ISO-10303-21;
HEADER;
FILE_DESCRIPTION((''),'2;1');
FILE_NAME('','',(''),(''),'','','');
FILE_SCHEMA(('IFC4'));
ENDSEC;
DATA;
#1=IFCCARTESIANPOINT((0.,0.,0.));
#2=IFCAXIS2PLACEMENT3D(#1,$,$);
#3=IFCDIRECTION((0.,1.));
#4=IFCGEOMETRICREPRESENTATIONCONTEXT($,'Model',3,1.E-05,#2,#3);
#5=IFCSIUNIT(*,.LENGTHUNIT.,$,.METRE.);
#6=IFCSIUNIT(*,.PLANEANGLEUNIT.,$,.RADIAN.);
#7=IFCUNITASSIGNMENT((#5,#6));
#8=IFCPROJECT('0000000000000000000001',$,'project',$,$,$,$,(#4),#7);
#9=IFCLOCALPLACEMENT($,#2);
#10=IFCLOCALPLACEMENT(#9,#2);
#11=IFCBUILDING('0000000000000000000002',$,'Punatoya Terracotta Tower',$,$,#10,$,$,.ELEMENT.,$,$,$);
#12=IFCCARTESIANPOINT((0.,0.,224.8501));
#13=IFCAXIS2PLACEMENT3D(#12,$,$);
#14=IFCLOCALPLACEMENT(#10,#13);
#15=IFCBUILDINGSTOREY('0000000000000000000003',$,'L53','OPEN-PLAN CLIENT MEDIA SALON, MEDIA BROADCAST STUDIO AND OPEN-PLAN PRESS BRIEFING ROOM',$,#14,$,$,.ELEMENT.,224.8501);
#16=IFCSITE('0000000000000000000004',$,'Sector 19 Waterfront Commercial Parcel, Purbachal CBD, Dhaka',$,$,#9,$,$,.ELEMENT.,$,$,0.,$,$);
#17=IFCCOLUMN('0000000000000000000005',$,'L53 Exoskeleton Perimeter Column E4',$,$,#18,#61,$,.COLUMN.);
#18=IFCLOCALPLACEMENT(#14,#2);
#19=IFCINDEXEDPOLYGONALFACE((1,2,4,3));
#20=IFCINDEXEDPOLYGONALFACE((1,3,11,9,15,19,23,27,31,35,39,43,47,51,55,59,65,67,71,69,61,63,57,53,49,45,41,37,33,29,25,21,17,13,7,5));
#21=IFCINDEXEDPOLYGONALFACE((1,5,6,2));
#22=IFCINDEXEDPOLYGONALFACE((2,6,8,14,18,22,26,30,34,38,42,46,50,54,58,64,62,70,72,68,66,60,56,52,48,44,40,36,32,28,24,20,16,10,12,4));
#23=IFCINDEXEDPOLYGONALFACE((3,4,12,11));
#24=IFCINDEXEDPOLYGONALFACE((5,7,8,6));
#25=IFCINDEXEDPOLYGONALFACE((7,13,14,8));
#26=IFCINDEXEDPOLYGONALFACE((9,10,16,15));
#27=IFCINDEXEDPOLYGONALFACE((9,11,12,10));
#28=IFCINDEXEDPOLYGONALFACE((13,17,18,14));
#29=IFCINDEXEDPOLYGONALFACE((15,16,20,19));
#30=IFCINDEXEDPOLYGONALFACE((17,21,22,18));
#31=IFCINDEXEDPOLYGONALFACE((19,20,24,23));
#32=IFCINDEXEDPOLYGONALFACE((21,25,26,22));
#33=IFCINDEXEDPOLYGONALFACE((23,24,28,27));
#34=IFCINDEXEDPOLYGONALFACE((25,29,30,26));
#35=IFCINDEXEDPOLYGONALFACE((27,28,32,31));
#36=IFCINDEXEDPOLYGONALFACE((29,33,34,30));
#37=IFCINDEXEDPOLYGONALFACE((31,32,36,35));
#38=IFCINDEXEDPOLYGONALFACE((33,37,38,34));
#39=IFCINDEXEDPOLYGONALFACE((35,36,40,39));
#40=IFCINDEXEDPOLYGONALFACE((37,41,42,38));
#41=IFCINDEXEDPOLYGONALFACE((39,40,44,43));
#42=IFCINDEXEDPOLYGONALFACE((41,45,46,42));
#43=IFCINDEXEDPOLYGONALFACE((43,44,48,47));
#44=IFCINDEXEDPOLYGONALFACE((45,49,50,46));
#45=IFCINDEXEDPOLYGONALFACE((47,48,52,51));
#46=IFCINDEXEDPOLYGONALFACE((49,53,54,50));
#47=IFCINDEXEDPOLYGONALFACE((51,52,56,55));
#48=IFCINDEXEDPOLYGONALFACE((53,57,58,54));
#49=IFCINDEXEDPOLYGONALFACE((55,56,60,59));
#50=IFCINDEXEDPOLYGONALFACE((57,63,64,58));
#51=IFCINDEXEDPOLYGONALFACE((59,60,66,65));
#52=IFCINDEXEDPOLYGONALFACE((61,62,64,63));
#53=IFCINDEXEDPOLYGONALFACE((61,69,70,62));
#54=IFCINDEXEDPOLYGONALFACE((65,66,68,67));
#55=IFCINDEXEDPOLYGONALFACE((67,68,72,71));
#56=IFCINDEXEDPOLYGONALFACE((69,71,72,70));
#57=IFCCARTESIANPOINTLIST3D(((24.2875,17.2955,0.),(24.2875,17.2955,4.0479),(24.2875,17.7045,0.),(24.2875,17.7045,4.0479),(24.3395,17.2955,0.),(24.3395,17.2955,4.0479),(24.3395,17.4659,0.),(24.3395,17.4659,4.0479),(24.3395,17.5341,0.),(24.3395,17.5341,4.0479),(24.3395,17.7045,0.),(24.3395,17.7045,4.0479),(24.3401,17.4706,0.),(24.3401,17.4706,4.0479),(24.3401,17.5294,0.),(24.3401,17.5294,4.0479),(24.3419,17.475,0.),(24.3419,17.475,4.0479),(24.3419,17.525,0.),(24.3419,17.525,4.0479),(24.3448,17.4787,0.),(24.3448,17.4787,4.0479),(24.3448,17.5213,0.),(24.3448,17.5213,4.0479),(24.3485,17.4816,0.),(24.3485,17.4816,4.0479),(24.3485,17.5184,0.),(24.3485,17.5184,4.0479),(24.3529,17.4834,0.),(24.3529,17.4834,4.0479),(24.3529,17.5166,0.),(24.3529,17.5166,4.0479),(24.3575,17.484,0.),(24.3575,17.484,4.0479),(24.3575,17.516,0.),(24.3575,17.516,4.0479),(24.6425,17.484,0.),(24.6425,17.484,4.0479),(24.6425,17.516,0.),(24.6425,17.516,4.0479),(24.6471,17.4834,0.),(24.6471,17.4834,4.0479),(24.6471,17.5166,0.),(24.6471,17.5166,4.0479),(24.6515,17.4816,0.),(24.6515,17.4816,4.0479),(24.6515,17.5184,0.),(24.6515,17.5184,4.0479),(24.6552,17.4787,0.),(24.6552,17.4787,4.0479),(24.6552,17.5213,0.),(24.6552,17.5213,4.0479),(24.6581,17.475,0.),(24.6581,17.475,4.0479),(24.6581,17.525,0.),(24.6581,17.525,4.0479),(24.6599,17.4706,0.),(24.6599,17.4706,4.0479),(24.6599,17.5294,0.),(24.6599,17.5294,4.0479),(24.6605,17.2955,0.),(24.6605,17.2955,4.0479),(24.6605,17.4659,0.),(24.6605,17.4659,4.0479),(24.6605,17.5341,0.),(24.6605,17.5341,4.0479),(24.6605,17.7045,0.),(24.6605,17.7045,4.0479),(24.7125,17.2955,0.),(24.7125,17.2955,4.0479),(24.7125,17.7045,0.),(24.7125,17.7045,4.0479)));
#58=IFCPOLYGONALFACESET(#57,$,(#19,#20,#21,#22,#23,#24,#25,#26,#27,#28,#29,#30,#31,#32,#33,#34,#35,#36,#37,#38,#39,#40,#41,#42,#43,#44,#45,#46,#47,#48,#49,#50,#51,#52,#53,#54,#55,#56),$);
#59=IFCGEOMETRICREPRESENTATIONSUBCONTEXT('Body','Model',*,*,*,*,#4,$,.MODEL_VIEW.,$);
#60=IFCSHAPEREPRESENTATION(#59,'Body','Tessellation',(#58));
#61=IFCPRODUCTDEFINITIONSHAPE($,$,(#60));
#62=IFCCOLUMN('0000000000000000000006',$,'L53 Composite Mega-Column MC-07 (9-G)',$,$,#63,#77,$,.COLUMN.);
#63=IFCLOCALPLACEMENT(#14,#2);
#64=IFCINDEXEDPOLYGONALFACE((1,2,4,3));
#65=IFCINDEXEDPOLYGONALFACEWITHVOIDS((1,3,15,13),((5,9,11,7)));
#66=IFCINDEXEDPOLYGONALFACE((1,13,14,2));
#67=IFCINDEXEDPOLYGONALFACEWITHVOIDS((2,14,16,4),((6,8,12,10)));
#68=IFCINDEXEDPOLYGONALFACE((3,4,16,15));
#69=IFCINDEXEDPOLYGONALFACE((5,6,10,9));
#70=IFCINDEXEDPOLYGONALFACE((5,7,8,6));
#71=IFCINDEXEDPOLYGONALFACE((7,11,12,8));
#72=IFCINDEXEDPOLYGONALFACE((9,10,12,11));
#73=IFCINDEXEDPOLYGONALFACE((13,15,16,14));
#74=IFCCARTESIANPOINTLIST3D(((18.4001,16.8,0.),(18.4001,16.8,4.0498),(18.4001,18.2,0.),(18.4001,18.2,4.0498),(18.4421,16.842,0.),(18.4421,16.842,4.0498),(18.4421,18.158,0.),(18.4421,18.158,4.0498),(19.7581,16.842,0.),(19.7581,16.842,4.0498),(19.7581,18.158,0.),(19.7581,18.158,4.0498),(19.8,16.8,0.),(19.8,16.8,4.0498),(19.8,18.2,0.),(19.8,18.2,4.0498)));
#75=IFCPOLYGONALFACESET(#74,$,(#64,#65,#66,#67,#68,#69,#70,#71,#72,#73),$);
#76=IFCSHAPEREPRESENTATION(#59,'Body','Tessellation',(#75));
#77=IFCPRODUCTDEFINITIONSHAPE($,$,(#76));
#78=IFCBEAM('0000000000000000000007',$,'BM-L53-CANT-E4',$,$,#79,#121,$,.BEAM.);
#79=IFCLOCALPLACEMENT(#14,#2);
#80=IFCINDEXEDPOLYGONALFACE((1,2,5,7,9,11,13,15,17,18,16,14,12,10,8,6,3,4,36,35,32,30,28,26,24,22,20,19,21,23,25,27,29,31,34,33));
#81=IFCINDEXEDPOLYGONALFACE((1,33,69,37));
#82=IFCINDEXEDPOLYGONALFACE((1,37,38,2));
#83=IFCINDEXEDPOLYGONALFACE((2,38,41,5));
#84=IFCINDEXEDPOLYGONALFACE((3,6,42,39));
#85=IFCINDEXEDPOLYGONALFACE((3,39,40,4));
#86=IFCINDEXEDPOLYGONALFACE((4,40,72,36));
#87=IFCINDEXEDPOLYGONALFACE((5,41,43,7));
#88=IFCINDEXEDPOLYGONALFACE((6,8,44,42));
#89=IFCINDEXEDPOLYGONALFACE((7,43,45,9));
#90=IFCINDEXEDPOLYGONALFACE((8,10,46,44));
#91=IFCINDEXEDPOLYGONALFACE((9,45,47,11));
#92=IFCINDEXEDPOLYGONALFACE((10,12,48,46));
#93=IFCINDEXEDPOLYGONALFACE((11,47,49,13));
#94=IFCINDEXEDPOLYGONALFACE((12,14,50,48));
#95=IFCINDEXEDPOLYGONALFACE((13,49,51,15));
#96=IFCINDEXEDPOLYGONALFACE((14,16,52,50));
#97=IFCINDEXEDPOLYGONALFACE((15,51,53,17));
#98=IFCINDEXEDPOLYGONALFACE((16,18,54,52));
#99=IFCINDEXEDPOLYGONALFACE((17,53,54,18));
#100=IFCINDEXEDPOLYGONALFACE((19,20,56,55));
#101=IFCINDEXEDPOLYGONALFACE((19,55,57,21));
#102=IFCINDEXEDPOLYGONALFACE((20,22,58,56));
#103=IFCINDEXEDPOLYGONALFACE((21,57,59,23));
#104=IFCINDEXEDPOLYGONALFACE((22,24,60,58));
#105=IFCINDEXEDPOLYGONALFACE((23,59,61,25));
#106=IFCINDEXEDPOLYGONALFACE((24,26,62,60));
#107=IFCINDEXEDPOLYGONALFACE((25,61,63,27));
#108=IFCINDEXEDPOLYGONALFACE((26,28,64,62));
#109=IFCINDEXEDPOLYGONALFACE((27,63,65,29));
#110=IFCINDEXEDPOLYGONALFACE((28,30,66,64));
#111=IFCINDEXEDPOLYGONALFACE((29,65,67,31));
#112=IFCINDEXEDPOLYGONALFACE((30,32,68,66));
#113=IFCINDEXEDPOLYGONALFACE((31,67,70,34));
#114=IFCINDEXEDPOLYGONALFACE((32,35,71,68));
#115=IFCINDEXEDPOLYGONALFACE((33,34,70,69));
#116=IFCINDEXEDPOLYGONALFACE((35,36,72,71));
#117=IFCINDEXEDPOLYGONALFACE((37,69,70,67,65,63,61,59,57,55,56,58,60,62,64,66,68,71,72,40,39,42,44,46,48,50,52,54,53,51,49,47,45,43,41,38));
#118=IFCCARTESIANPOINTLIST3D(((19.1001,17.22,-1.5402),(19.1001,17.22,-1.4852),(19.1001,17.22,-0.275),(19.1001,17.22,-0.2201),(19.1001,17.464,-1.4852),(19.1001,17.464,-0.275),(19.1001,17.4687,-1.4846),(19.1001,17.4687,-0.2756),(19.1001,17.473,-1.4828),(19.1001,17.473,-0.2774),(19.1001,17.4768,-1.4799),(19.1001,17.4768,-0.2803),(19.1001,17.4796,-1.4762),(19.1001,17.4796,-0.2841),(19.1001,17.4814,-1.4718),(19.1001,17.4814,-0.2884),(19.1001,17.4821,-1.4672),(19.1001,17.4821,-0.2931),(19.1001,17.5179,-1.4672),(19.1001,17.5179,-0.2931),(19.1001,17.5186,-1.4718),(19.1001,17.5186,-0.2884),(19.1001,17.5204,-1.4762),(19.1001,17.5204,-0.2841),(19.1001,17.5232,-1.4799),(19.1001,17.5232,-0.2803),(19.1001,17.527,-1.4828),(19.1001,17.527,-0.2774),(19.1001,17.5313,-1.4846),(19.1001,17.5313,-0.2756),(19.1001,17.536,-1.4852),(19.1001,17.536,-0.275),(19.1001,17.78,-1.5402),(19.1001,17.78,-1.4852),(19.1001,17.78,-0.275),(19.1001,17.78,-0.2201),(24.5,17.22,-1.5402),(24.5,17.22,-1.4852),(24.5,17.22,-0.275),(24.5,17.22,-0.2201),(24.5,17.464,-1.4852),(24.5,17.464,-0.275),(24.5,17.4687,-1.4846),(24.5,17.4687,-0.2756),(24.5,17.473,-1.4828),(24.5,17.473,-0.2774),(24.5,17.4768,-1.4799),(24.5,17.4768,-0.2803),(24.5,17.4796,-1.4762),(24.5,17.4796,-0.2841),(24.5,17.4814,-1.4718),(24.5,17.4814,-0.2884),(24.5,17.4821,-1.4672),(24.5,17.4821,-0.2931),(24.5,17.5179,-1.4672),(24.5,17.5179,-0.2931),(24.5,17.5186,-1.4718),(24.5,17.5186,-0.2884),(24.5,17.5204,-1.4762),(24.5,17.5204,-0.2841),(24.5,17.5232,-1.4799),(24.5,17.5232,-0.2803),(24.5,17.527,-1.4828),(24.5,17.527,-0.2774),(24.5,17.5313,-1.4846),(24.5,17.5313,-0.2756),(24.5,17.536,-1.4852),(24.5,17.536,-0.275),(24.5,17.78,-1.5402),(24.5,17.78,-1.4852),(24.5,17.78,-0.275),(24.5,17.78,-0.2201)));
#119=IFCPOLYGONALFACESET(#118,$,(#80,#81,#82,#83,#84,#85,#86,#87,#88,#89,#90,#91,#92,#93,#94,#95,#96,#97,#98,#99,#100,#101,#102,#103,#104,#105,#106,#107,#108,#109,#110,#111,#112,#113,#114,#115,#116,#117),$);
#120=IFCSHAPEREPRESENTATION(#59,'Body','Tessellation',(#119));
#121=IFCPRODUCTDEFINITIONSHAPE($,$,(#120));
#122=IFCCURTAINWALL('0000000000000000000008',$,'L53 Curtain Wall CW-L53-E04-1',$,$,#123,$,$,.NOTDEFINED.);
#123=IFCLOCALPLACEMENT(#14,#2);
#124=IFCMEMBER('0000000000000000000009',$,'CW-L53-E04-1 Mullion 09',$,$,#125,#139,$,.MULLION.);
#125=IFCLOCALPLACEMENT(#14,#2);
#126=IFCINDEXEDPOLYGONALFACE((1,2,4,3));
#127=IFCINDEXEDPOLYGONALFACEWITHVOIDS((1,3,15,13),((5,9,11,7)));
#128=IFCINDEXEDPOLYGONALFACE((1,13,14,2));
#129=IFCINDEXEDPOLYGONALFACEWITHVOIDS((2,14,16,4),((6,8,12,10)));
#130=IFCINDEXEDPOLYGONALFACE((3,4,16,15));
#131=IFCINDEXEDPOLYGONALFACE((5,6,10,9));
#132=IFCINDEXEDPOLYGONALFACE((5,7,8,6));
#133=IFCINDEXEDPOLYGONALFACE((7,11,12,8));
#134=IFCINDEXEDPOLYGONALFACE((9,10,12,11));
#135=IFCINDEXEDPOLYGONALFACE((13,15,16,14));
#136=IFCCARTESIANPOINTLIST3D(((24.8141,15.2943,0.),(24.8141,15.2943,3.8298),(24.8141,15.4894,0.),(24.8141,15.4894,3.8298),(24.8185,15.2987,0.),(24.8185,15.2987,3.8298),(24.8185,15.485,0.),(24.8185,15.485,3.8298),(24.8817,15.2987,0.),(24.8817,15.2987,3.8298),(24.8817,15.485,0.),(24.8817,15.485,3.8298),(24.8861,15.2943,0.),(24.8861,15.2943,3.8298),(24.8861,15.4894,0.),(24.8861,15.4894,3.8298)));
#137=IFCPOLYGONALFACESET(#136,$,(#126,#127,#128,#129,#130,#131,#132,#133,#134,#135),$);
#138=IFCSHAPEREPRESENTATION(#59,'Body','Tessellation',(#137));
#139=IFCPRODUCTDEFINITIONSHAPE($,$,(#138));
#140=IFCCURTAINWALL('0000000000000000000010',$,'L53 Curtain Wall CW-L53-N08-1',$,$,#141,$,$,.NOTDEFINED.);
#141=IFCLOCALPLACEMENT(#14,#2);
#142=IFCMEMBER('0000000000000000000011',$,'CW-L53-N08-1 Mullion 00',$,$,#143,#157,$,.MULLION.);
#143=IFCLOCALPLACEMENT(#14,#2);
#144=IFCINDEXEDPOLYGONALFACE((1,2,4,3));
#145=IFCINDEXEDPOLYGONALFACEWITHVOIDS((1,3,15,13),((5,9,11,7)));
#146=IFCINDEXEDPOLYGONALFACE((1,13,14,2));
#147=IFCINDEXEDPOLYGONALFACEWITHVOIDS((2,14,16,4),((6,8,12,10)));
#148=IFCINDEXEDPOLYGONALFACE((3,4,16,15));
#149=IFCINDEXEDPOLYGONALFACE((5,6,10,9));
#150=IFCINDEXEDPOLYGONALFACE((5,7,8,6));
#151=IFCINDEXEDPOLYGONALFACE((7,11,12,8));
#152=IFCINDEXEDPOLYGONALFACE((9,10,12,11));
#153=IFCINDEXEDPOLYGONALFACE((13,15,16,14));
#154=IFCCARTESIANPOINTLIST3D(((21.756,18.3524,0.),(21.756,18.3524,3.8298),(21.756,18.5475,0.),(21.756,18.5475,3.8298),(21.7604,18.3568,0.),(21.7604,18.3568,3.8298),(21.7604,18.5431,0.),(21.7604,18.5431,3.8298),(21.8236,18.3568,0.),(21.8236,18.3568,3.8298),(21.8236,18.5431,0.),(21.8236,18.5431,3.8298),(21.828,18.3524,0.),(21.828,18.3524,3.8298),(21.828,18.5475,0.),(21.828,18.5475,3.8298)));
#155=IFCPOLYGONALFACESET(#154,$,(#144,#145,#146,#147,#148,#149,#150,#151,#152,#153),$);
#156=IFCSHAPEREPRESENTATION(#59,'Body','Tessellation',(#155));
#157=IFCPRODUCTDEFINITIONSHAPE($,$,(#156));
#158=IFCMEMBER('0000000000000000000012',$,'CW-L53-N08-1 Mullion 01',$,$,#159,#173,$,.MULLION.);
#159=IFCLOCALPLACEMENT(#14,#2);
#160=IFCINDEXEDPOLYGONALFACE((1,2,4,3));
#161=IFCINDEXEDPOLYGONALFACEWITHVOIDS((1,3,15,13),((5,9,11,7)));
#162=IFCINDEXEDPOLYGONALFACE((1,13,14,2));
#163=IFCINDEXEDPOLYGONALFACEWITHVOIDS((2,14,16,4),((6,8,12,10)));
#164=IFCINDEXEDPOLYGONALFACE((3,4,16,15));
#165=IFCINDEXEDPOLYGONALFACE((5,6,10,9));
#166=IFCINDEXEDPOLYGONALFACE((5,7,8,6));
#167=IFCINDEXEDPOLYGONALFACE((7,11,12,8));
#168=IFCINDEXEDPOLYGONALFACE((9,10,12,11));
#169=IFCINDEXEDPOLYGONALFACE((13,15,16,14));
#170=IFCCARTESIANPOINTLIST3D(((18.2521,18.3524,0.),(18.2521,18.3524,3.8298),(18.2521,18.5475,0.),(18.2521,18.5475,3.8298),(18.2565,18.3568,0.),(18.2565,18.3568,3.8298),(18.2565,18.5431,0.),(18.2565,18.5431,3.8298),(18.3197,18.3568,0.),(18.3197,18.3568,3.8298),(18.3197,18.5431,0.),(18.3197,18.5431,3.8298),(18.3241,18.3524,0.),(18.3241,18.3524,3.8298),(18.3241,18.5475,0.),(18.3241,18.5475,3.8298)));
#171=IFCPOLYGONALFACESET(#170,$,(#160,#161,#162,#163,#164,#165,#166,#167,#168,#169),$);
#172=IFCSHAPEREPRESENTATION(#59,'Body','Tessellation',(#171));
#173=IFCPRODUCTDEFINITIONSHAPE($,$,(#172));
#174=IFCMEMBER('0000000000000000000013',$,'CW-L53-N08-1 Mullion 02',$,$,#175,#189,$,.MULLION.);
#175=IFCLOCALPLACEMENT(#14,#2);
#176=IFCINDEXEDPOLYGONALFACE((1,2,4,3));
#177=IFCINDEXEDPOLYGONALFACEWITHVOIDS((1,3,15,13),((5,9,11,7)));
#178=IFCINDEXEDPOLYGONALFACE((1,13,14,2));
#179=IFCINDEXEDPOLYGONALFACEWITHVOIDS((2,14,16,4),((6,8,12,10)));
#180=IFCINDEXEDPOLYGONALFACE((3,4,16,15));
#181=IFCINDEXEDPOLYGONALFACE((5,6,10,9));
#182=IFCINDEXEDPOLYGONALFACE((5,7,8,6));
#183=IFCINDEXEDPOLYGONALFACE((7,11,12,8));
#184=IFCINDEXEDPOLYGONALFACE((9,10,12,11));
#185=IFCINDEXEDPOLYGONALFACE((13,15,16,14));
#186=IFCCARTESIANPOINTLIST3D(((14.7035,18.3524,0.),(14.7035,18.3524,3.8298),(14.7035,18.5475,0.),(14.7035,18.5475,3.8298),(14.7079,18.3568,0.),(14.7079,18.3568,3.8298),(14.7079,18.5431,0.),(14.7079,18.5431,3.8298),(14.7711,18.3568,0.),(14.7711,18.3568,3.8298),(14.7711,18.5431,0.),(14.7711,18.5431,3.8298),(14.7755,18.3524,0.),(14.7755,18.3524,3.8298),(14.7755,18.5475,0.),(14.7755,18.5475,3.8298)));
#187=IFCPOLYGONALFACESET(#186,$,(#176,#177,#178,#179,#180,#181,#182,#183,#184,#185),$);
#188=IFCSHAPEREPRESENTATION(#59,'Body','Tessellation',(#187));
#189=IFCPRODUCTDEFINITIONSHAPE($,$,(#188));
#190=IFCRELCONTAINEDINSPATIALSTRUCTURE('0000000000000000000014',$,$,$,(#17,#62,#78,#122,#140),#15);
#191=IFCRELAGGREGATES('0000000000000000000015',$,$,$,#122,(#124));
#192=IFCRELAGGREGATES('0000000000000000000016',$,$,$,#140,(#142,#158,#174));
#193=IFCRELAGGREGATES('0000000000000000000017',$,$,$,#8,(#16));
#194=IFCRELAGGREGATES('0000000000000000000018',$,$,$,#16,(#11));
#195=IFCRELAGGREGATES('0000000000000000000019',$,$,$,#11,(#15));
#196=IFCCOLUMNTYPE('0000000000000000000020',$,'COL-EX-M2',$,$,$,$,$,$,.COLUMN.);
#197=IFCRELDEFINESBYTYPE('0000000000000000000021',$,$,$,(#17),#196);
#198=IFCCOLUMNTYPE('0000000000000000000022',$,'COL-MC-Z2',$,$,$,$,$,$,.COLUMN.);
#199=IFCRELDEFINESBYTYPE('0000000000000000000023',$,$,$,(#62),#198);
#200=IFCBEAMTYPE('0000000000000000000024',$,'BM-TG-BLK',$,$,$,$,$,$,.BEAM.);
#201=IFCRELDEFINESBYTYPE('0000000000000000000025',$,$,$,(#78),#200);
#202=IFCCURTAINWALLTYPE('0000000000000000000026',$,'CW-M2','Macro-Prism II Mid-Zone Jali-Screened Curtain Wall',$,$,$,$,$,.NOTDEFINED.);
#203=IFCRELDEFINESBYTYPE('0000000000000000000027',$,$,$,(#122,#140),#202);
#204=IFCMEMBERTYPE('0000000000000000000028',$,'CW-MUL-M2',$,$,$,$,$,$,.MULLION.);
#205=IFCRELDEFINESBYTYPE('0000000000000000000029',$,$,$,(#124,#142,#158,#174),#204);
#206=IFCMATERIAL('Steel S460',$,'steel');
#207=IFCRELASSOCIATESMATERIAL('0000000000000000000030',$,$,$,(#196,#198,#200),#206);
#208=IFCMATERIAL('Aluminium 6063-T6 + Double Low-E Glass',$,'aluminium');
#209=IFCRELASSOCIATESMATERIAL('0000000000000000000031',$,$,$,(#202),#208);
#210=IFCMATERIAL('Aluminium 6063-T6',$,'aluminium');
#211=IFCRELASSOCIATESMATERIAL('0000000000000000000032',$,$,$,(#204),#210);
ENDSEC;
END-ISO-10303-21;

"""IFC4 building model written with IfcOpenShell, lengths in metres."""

from ifc_helpers import new_model, si_unit, direction, frame, origin, origin_2d, place, context, subcontext, project, spatial, hollow_rectangle, i_section, extrude, material, material_profile, profile_set, type_object, element, aggregate, save


model = new_model("IFC4")

# Units and contexts
model_context = context("Model", 3, precision=1e-05, world=origin(), true_north=direction((0.0, 1.0)))
body_context = subcontext(model_context, "Body", "Model", "MODEL_VIEW")
ifc_project = project(units=[si_unit("LENGTHUNIT", "METRE"), si_unit("PLANEANGLEUNIT", "RADIAN")], contexts=[model_context])

# Site, building, storey
site_placement = place(None, origin())
site = spatial("IfcSite", under=ifc_project, at=site_placement, Name="Sector 19 Waterfront Commercial Parcel, Purbachal CBD, Dhaka", CompositionType="ELEMENT", RefElevation=0.0)
building_placement = place(site_placement, origin())
building = spatial("IfcBuilding", under=site, at=building_placement, Name="Punatoya Terracotta Tower", CompositionType="ELEMENT")
storey_placement = place(building_placement, frame((0.0, 0.0, 224.8501)))
storey = spatial("IfcBuildingStorey", under=building, at=storey_placement, Name="L53", Description="OPEN-PLAN CLIENT MEDIA SALON, MEDIA BROADCAST STUDIO AND OPEN-PLAN PRESS BRIEFING ROOM", CompositionType="ELEMENT", Elevation=224.8501)

# Columns
ifc_material_1 = material(Name="Steel S460", Category="steel")
ifc_material_profile_1 = material_profile(ifc_material_1, i_section(OverallWidth=0.4089, OverallDepth=0.425, WebThickness=0.032, FlangeThickness=0.052, FilletRadius=0.0181, at=origin_2d()))
ifc_profile_set_1 = profile_set([ifc_material_profile_1], Name="Steel S460")
column_type_1 = type_object("IfcColumnType", Name="COL-EX-M2", PredefinedType="COLUMN", material=ifc_profile_set_1)
column_1_placement = place(storey_placement, frame((24.5, 17.5, 0.0), z_axis=(0.0, 0.0, 1.0), x_axis=(0.0, 1.0, 0.0)))
element("IfcColumn", 1, at=column_1_placement, inside=storey, type_object=column_type_1, Name="L53 Exoskeleton Perimeter Column E4", PredefinedType="COLUMN", context=body_context, shape_type="SweptSolid", body=[
    extrude(i_section(OverallWidth=0.4089, OverallDepth=0.425, WebThickness=0.032, FlangeThickness=0.052, FilletRadius=0.0181, at=origin_2d()), origin(), (0.0, 0.0, 1.0), 4.0479),
])
ifc_material_profile_2 = material_profile(ifc_material_1, hollow_rectangle(XDim=1.3999, YDim=1.3999, WallThickness=0.042, at=origin_2d()))
ifc_profile_set_2 = profile_set([ifc_material_profile_2], Name="Steel S460")
column_type_2 = type_object("IfcColumnType", Name="COL-MC-Z2", PredefinedType="COLUMN", material=ifc_profile_set_2)
column_2_placement = place(storey_placement, frame((19.1001, 17.5, 0.0), z_axis=(0.0, 0.0, 1.0), x_axis=(1.0, 0.0, 0.0)))
element("IfcColumn", 2, at=column_2_placement, inside=storey, type_object=column_type_2, Name="L53 Composite Mega-Column MC-07 (9-G)", PredefinedType="COLUMN", context=body_context, shape_type="SweptSolid", body=[
    extrude(hollow_rectangle(XDim=1.3999, YDim=1.3999, WallThickness=0.042, at=origin_2d()), origin(), (0.0, 0.0, 1.0), 4.0498),
])

# Beam
ifc_material_profile_3 = material_profile(ifc_material_1, i_section(OverallWidth=0.5601, OverallDepth=1.3201, WebThickness=0.0359, FlangeThickness=0.0549, FilletRadius=0.0181, at=origin_2d()))
ifc_profile_set_3 = profile_set([ifc_material_profile_3], Name="Steel S460")
beam_type = type_object("IfcBeamType", Name="BM-TG-BLK", PredefinedType="BEAM", material=ifc_profile_set_3)
beam_placement = place(storey_placement, frame((19.1001, 17.5, -0.8801), z_axis=(1.0, 0.0, 0.0), x_axis=(0.0, 1.0, 0.0)))
element("IfcBeam", 3, at=beam_placement, inside=storey, type_object=beam_type, Name="BM-L53-CANT-E4", PredefinedType="BEAM", context=body_context, shape_type="SweptSolid", body=[
    extrude(i_section(OverallWidth=0.5601, OverallDepth=1.3201, WebThickness=0.0359, FlangeThickness=0.0549, FilletRadius=0.0181, at=origin_2d()), origin(), (0.0, 0.0, 1.0), 5.3999),
])

# Curtain wall, member
ifc_material_2 = material(Name="Aluminium 6063-T6 + Double Low-E Glass", Category="aluminium")
curtain_wall_type = type_object("IfcCurtainWallType", Name="CW-M2", Description="Macro-Prism II Mid-Zone Jali-Screened Curtain Wall", PredefinedType="NOTDEFINED", material=ifc_material_2)
curtain_wall_1_placement = place(storey_placement, origin())
curtain_wall_1 = element("IfcCurtainWall", 4, at=curtain_wall_1_placement, inside=storey, type_object=curtain_wall_type, Name="L53 Curtain Wall CW-L53-E04-1", PredefinedType="NOTDEFINED")
ifc_material_3 = material(Name="Aluminium 6063-T6", Category="aluminium")
ifc_material_profile_4 = material_profile(ifc_material_3, hollow_rectangle(XDim=0.072, YDim=0.1951, WallThickness=0.0044, at=origin_2d()))
ifc_profile_set_4 = profile_set([ifc_material_profile_4], Name="Aluminium 6063-T6")
member_type_1 = type_object("IfcMemberType", Name="CW-MUL-M2", PredefinedType="MULLION", material=ifc_profile_set_4)
member_1_placement = place(storey_placement, frame((24.8501, 15.3918, 0.0), z_axis=(0.0, 0.0, 1.0), x_axis=(1.0, 0.0, 0.0)))
member_1 = element("IfcMember", 5, at=member_1_placement, type_object=member_type_1, Name="CW-L53-E04-1 Mullion 09", PredefinedType="MULLION", context=body_context, shape_type="SweptSolid", body=[
    extrude(hollow_rectangle(XDim=0.072, YDim=0.1951, WallThickness=0.0044, at=origin_2d()), origin(), (0.0, 0.0, 1.0), 3.8298),
])

# Curtain wall, members
curtain_wall_2_placement = place(storey_placement, origin())
curtain_wall_2 = element("IfcCurtainWall", 6, at=curtain_wall_2_placement, inside=storey, type_object=curtain_wall_type, Name="L53 Curtain Wall CW-L53-N08-1", PredefinedType="NOTDEFINED")
member_2_placement = place(storey_placement, frame((21.792, 18.45, 0.0), z_axis=(0.0, 0.0, 1.0), x_axis=(1.0, 0.0, 0.0)))
member_2 = element("IfcMember", 7, at=member_2_placement, type_object=member_type_1, Name="CW-L53-N08-1 Mullion 00", PredefinedType="MULLION", context=body_context, shape_type="SweptSolid", body=[
    extrude(hollow_rectangle(XDim=0.072, YDim=0.1951, WallThickness=0.0044, at=origin_2d()), origin(), (0.0, 0.0, 1.0), 3.8298),
])
member_3_placement = place(storey_placement, frame((18.2881, 18.45, 0.0), z_axis=(0.0, 0.0, 1.0), x_axis=(1.0, 0.0, 0.0)))
member_3 = element("IfcMember", 8, at=member_3_placement, type_object=member_type_1, Name="CW-L53-N08-1 Mullion 01", PredefinedType="MULLION", context=body_context, shape_type="SweptSolid", body=[
    extrude(hollow_rectangle(XDim=0.072, YDim=0.1951, WallThickness=0.0044, at=origin_2d()), origin(), (0.0, 0.0, 1.0), 3.8298),
])
member_4_placement = place(storey_placement, frame((14.7395, 18.45, 0.0), z_axis=(0.0, 0.0, 1.0), x_axis=(1.0, 0.0, 0.0)))
member_4 = element("IfcMember", 9, at=member_4_placement, type_object=member_type_1, Name="CW-L53-N08-1 Mullion 02", PredefinedType="MULLION", context=body_context, shape_type="SweptSolid", body=[
    extrude(hollow_rectangle(XDim=0.072, YDim=0.1951, WallThickness=0.0044, at=origin_2d()), origin(), (0.0, 0.0, 1.0), 3.8298),
])

aggregate(curtain_wall_1, [member_1])
aggregate(curtain_wall_2, [member_2, member_3, member_4])

save(model, "model.ifc")
